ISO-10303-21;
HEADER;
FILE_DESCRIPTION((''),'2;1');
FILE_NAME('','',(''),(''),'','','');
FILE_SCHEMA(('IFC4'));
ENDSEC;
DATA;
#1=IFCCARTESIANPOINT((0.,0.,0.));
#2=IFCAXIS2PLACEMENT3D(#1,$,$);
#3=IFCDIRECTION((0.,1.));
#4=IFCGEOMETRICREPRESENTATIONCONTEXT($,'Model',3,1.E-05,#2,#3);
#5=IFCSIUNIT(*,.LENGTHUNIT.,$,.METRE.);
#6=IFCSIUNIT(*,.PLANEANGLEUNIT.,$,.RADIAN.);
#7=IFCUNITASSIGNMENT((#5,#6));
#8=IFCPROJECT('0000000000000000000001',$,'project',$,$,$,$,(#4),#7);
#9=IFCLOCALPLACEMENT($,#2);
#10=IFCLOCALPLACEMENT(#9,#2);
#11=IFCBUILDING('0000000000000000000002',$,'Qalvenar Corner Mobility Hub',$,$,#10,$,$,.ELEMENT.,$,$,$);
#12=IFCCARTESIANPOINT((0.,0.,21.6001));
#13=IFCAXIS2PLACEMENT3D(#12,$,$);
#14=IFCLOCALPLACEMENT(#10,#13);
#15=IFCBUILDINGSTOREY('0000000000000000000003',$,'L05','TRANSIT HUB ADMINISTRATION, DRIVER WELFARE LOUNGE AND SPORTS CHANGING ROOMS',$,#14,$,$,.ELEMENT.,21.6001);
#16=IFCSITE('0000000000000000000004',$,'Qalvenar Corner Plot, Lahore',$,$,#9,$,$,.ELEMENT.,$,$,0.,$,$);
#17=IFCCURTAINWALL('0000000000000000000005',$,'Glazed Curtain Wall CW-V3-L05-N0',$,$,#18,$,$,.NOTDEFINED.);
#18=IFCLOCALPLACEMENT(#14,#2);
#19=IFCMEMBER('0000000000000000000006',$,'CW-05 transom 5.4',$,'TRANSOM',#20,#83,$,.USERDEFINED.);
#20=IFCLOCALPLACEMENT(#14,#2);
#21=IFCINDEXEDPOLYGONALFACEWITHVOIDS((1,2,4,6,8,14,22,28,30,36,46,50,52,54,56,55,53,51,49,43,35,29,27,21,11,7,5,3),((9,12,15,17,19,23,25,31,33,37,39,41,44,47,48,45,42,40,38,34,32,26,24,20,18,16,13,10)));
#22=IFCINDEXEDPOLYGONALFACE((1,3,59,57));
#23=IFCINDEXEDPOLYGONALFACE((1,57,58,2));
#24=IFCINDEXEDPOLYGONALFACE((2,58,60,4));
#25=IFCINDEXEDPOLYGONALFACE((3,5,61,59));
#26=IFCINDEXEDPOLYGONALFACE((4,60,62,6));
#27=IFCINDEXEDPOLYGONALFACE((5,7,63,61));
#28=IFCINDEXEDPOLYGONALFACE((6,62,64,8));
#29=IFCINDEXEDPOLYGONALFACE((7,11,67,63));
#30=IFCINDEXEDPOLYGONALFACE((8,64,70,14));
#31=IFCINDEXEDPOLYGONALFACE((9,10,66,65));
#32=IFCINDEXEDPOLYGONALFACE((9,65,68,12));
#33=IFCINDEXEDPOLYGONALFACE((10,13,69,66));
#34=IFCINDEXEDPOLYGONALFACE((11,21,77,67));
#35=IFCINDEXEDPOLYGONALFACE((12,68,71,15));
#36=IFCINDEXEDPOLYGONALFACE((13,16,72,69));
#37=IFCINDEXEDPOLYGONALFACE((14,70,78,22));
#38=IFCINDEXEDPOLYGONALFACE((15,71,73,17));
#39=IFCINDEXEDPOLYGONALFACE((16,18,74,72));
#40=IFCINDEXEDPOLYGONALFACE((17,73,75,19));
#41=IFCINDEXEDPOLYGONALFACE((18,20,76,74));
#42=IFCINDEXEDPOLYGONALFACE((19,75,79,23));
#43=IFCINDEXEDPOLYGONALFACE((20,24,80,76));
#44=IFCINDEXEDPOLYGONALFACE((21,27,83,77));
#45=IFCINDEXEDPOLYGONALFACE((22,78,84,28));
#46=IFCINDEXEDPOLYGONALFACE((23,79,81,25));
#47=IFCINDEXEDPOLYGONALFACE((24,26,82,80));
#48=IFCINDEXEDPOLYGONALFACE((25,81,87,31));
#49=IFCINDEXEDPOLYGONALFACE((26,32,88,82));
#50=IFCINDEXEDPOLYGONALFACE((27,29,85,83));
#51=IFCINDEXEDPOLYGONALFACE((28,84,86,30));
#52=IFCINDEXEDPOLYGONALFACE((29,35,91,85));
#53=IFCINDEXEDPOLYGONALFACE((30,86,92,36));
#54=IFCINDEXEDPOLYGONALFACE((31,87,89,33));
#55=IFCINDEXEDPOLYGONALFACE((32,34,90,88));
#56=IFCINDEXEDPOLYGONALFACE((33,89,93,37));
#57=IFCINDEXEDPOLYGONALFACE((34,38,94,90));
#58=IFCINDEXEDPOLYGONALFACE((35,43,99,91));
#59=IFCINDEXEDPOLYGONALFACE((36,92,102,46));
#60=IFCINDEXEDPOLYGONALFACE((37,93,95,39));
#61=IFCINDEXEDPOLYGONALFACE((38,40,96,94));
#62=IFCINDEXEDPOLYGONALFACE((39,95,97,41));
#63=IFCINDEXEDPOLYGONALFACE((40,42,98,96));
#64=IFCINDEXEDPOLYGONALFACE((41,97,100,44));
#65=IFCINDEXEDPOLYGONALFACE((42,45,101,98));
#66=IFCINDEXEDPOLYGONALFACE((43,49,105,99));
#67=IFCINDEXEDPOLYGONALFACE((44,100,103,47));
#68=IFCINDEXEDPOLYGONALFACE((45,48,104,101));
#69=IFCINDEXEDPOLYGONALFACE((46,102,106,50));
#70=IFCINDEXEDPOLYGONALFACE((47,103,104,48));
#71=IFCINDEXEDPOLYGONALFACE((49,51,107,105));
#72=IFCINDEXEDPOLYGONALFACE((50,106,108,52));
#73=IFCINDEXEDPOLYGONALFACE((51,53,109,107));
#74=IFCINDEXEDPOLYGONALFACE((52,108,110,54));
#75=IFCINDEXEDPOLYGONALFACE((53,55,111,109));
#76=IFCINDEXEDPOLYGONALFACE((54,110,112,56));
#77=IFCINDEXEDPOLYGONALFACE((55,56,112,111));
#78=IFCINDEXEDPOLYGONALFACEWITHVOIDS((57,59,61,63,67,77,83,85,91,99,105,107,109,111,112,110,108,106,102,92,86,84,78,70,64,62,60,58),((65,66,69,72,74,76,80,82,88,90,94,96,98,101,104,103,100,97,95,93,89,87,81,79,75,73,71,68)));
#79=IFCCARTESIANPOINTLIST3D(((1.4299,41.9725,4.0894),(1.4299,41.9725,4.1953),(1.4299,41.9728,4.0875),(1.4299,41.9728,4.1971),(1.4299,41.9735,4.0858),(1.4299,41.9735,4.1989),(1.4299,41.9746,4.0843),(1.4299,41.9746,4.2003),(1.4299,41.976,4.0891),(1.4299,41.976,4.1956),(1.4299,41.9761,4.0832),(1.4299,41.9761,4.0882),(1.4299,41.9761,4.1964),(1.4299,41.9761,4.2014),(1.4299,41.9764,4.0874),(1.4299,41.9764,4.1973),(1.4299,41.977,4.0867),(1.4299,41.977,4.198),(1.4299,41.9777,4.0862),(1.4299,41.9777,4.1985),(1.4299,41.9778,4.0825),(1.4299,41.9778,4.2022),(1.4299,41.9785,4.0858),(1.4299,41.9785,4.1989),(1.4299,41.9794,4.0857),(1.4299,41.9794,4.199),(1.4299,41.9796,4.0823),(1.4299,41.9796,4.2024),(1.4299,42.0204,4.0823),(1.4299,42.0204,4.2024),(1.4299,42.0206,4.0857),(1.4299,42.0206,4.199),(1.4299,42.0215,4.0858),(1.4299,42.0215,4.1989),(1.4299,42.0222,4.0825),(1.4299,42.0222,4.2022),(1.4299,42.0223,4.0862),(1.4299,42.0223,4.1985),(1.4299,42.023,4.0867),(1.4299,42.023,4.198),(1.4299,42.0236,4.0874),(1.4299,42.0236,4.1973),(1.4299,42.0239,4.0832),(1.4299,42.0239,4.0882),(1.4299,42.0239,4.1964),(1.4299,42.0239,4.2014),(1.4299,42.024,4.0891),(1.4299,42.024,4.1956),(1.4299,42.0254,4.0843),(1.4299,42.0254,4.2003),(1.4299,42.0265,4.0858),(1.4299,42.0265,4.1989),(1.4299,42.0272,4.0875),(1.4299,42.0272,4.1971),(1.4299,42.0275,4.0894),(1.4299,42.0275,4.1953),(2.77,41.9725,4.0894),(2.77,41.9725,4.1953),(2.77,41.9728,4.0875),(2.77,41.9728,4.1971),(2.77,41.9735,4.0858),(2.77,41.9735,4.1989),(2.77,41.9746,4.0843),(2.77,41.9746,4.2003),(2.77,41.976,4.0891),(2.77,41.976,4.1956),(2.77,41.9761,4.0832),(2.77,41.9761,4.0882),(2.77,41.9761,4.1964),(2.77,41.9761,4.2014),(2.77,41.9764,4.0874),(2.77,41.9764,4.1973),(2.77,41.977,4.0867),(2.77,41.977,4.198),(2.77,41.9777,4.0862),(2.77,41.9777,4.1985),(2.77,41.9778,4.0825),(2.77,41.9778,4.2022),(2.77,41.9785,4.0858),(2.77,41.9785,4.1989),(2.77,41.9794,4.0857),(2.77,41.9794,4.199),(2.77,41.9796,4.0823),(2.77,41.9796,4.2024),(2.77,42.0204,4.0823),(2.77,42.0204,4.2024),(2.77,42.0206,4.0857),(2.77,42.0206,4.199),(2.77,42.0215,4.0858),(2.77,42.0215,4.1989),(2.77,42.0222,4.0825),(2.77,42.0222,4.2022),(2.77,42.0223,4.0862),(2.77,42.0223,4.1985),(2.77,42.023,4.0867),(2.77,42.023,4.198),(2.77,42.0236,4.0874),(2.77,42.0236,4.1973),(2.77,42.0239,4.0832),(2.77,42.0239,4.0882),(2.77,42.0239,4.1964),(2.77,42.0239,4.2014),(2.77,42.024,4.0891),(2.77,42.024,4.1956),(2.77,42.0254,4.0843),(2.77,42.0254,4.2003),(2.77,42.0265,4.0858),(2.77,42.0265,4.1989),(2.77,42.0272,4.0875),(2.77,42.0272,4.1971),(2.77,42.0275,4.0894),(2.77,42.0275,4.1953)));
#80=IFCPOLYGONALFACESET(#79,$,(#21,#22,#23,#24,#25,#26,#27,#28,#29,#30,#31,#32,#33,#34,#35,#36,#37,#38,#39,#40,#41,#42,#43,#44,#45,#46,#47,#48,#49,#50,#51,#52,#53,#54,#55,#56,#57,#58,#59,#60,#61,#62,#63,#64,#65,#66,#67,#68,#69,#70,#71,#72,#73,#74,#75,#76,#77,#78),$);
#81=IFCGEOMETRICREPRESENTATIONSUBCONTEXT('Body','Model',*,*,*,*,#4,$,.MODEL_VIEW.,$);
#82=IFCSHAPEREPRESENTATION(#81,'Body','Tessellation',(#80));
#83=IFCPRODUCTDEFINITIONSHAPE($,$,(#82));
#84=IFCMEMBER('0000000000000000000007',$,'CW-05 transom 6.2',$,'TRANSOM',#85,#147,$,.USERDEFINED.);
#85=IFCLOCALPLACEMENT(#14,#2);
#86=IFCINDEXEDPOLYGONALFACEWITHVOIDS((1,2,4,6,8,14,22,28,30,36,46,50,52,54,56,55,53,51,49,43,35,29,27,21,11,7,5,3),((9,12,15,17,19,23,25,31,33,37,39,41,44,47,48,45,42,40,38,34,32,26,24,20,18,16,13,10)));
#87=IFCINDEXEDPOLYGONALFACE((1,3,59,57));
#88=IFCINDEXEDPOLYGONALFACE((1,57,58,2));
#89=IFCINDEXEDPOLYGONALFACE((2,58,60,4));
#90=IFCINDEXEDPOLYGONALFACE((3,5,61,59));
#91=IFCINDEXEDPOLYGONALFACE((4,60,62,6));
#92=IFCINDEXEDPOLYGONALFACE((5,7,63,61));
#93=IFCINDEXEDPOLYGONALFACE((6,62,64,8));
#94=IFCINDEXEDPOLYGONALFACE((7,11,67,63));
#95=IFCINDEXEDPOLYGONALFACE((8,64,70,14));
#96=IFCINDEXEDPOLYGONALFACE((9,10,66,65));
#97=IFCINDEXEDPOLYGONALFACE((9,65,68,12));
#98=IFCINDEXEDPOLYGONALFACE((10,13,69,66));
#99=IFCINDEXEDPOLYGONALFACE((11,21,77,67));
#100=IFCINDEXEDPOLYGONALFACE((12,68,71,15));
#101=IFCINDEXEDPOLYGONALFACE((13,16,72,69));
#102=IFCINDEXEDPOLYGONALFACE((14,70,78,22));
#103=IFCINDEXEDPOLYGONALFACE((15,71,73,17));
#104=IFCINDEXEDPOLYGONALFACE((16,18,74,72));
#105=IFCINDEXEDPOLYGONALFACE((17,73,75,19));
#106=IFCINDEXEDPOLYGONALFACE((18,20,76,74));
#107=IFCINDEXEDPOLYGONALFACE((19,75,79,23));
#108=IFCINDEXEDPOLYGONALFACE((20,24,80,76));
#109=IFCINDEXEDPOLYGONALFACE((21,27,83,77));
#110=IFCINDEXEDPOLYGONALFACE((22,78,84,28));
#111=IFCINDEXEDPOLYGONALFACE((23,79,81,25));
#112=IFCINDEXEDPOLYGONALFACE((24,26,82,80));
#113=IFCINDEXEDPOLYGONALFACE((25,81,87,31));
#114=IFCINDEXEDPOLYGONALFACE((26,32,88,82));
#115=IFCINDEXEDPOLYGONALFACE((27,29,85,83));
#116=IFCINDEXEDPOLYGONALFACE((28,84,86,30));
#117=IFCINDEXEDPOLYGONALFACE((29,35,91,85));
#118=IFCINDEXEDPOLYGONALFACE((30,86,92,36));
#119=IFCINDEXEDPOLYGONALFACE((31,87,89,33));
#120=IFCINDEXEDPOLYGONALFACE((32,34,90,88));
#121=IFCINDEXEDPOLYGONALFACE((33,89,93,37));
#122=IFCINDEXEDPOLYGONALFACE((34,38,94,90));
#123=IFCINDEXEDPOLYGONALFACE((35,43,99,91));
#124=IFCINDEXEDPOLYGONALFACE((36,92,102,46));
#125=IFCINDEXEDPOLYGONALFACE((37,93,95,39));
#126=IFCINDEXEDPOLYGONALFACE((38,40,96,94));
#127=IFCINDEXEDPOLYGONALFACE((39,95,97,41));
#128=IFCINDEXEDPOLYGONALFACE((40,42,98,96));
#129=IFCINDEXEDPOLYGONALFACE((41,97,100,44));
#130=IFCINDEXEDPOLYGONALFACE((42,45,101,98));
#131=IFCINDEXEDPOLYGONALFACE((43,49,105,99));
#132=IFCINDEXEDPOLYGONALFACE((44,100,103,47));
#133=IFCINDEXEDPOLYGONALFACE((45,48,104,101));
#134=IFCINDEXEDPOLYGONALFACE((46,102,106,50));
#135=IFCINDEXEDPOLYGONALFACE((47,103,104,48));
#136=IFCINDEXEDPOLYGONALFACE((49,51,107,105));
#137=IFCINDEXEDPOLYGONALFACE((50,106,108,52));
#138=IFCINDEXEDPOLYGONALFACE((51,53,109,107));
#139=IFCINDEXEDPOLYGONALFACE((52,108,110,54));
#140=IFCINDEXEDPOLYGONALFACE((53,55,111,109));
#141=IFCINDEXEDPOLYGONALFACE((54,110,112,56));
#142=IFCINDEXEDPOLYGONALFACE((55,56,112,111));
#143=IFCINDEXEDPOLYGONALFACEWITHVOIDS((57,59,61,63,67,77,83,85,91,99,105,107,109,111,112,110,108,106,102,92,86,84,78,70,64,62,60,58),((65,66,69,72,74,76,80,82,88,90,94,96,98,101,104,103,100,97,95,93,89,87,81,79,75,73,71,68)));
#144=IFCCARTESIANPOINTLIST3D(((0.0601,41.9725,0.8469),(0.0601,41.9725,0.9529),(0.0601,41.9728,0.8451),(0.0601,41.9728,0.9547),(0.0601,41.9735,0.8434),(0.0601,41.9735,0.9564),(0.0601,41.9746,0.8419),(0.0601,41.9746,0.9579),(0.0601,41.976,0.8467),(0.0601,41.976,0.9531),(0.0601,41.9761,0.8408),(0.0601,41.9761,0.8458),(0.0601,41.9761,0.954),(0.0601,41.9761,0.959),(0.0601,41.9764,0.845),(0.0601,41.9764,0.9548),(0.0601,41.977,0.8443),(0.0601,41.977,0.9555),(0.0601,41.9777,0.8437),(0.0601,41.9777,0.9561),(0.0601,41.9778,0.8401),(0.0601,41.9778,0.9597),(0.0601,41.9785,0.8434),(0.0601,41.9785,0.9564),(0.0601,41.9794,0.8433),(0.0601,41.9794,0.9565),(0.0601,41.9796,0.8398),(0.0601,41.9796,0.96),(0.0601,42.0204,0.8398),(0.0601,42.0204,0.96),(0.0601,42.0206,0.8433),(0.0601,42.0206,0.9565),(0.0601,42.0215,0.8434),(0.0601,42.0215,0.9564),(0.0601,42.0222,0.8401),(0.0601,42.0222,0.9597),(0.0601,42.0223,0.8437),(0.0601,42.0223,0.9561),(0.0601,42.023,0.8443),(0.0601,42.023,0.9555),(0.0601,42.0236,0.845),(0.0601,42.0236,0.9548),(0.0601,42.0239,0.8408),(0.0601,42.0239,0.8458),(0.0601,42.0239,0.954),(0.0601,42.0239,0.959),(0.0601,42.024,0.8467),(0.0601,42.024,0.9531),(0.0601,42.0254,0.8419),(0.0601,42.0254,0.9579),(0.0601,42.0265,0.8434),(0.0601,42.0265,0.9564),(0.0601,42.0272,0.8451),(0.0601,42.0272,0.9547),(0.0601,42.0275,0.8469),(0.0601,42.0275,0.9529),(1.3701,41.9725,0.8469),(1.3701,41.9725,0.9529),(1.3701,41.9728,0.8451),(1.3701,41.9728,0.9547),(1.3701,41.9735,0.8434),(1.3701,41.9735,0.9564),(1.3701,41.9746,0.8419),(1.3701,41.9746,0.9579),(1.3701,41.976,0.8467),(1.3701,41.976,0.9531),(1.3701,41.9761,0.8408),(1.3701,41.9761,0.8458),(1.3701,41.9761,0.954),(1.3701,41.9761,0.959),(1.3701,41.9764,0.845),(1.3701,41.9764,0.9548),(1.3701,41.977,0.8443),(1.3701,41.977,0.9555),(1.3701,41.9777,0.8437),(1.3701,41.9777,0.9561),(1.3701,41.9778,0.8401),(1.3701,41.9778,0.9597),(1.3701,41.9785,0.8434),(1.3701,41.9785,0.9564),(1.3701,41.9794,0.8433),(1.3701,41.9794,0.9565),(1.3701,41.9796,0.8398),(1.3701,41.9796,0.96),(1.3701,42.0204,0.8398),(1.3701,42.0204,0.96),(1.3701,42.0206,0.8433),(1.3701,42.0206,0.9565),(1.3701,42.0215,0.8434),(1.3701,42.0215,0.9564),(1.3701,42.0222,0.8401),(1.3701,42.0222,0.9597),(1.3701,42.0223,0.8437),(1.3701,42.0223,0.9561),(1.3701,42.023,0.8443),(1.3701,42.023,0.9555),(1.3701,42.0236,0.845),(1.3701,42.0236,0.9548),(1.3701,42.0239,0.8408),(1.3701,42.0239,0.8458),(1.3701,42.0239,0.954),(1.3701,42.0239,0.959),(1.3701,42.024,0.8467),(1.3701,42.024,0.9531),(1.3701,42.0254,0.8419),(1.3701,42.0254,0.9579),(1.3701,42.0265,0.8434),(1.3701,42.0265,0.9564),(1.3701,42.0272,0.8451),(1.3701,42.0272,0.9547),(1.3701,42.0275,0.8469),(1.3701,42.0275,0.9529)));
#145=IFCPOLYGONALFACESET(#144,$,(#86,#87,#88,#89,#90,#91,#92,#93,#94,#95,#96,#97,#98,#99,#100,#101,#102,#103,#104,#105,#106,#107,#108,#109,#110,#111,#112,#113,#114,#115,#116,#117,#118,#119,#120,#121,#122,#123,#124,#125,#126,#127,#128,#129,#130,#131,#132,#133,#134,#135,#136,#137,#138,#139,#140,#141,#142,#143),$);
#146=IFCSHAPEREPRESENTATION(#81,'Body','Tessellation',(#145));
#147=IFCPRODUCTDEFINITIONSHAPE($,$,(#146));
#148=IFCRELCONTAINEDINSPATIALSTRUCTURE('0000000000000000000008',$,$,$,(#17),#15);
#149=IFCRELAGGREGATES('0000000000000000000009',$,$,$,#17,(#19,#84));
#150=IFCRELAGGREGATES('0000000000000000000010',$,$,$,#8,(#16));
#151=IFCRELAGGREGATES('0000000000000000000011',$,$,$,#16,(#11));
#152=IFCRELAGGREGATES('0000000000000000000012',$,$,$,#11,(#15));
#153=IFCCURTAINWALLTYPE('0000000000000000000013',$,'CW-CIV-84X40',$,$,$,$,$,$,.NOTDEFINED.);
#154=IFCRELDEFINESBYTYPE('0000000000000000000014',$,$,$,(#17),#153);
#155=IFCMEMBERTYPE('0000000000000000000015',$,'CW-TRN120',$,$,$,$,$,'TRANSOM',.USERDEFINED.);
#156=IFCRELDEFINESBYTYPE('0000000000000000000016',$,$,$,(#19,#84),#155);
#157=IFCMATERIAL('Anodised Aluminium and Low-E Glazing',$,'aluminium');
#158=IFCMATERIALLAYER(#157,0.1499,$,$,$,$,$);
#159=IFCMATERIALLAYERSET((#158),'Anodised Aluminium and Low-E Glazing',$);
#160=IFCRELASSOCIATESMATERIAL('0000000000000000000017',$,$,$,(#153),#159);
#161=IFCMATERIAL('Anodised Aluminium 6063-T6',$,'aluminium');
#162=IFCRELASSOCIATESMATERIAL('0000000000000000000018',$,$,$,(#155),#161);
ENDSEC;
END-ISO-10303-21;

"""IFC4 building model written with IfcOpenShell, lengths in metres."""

from ifc_helpers import new_model, si_unit, direction, frame, origin, origin_2d, place, context, subcontext, project, spatial, hollow_rectangle, extrude, material, layer, layer_set, material_profile, profile_set, type_object, element, aggregate, save


model = new_model("IFC4")

# Units and contexts
model_context = context("Model", 3, precision=1e-05, world=origin(), true_north=direction((0.0, 1.0)))
body_context = subcontext(model_context, "Body", "Model", "MODEL_VIEW")
ifc_project = project(units=[si_unit("LENGTHUNIT", "METRE"), si_unit("PLANEANGLEUNIT", "RADIAN")], contexts=[model_context])

# Site, building, storey
site_placement = place(None, origin())
site = spatial("IfcSite", under=ifc_project, at=site_placement, Name="Qalvenar Corner Plot, Lahore", CompositionType="ELEMENT", RefElevation=0.0)
building_placement = place(site_placement, origin())
building = spatial("IfcBuilding", under=site, at=building_placement, Name="Qalvenar Corner Mobility Hub", CompositionType="ELEMENT")
storey_placement = place(building_placement, frame((0.0, 0.0, 21.6001)))
storey = spatial("IfcBuildingStorey", under=building, at=storey_placement, Name="L05", Description="TRANSIT HUB ADMINISTRATION, DRIVER WELFARE LOUNGE AND SPORTS CHANGING ROOMS", CompositionType="ELEMENT", Elevation=21.6001)

# Curtain wall, members
ifc_material_1 = material(Name="Anodised Aluminium and Low-E Glazing", Category="aluminium")
ifc_layer_1 = layer(ifc_material_1, 0.1499)
ifc_layer_set_1 = layer_set([ifc_layer_1], Name="Anodised Aluminium and Low-E Glazing")
curtain_wall_type = type_object("IfcCurtainWallType", Name="CW-CIV-84X40", PredefinedType="NOTDEFINED", material=ifc_layer_set_1)
curtain_wall_placement = place(storey_placement, origin())
curtain_wall = element("IfcCurtainWall", 1, at=curtain_wall_placement, inside=storey, type_object=curtain_wall_type, Name="Glazed Curtain Wall CW-V3-L05-N0", PredefinedType="NOTDEFINED")
ifc_material_2 = material(Name="Anodised Aluminium 6063-T6", Category="aluminium")
ifc_material_profile_1 = material_profile(ifc_material_2, hollow_rectangle(XDim=0.0549, YDim=0.1201, WallThickness=0.0034, InnerFilletRadius=0.0034, OuterFilletRadius=0.0071, at=origin_2d()), Name="RHS120x55x3.5")
ifc_profile_set_1 = profile_set([ifc_material_profile_1], Name="Anodised Aluminium 6063-T6")
member_type_1 = type_object("IfcMemberType", Name="CW-TRN120", ElementType="TRANSOM", PredefinedType="USERDEFINED", material=ifc_profile_set_1)
member_1_placement = place(storey_placement, frame((2.77, 42.0, 4.1423), z_axis=(-1.0, 0.0, 0.0), x_axis=(0.0, -1.0, 0.0)))
member_1 = element("IfcMember", 2, at=member_1_placement, type_object=member_type_1, Name="CW-05 transom 5.4", ObjectType="TRANSOM", PredefinedType="USERDEFINED", context=body_context, shape_type="SweptSolid", body=[
    extrude(hollow_rectangle(XDim=0.0549, YDim=0.1201, WallThickness=0.0034, InnerFilletRadius=0.0034, OuterFilletRadius=0.0071, at=origin_2d()), origin(), (0.0, 0.0, 1.0), 1.3401),
])
member_2_placement = place(storey_placement, frame((1.3701, 42.0, 0.8999), z_axis=(-1.0, 0.0, 0.0), x_axis=(0.0, -1.0, 0.0)))
member_2 = element("IfcMember", 3, at=member_2_placement, type_object=member_type_1, Name="CW-05 transom 6.2", ObjectType="TRANSOM", PredefinedType="USERDEFINED", context=body_context, shape_type="SweptSolid", body=[
    extrude(hollow_rectangle(XDim=0.0549, YDim=0.1201, WallThickness=0.0034, InnerFilletRadius=0.0034, OuterFilletRadius=0.0071, at=origin_2d()), origin(), (0.0, 0.0, 1.0), 1.3101),
])
aggregate(curtain_wall, [member_1, member_2])

save(model, "model.ifc")
